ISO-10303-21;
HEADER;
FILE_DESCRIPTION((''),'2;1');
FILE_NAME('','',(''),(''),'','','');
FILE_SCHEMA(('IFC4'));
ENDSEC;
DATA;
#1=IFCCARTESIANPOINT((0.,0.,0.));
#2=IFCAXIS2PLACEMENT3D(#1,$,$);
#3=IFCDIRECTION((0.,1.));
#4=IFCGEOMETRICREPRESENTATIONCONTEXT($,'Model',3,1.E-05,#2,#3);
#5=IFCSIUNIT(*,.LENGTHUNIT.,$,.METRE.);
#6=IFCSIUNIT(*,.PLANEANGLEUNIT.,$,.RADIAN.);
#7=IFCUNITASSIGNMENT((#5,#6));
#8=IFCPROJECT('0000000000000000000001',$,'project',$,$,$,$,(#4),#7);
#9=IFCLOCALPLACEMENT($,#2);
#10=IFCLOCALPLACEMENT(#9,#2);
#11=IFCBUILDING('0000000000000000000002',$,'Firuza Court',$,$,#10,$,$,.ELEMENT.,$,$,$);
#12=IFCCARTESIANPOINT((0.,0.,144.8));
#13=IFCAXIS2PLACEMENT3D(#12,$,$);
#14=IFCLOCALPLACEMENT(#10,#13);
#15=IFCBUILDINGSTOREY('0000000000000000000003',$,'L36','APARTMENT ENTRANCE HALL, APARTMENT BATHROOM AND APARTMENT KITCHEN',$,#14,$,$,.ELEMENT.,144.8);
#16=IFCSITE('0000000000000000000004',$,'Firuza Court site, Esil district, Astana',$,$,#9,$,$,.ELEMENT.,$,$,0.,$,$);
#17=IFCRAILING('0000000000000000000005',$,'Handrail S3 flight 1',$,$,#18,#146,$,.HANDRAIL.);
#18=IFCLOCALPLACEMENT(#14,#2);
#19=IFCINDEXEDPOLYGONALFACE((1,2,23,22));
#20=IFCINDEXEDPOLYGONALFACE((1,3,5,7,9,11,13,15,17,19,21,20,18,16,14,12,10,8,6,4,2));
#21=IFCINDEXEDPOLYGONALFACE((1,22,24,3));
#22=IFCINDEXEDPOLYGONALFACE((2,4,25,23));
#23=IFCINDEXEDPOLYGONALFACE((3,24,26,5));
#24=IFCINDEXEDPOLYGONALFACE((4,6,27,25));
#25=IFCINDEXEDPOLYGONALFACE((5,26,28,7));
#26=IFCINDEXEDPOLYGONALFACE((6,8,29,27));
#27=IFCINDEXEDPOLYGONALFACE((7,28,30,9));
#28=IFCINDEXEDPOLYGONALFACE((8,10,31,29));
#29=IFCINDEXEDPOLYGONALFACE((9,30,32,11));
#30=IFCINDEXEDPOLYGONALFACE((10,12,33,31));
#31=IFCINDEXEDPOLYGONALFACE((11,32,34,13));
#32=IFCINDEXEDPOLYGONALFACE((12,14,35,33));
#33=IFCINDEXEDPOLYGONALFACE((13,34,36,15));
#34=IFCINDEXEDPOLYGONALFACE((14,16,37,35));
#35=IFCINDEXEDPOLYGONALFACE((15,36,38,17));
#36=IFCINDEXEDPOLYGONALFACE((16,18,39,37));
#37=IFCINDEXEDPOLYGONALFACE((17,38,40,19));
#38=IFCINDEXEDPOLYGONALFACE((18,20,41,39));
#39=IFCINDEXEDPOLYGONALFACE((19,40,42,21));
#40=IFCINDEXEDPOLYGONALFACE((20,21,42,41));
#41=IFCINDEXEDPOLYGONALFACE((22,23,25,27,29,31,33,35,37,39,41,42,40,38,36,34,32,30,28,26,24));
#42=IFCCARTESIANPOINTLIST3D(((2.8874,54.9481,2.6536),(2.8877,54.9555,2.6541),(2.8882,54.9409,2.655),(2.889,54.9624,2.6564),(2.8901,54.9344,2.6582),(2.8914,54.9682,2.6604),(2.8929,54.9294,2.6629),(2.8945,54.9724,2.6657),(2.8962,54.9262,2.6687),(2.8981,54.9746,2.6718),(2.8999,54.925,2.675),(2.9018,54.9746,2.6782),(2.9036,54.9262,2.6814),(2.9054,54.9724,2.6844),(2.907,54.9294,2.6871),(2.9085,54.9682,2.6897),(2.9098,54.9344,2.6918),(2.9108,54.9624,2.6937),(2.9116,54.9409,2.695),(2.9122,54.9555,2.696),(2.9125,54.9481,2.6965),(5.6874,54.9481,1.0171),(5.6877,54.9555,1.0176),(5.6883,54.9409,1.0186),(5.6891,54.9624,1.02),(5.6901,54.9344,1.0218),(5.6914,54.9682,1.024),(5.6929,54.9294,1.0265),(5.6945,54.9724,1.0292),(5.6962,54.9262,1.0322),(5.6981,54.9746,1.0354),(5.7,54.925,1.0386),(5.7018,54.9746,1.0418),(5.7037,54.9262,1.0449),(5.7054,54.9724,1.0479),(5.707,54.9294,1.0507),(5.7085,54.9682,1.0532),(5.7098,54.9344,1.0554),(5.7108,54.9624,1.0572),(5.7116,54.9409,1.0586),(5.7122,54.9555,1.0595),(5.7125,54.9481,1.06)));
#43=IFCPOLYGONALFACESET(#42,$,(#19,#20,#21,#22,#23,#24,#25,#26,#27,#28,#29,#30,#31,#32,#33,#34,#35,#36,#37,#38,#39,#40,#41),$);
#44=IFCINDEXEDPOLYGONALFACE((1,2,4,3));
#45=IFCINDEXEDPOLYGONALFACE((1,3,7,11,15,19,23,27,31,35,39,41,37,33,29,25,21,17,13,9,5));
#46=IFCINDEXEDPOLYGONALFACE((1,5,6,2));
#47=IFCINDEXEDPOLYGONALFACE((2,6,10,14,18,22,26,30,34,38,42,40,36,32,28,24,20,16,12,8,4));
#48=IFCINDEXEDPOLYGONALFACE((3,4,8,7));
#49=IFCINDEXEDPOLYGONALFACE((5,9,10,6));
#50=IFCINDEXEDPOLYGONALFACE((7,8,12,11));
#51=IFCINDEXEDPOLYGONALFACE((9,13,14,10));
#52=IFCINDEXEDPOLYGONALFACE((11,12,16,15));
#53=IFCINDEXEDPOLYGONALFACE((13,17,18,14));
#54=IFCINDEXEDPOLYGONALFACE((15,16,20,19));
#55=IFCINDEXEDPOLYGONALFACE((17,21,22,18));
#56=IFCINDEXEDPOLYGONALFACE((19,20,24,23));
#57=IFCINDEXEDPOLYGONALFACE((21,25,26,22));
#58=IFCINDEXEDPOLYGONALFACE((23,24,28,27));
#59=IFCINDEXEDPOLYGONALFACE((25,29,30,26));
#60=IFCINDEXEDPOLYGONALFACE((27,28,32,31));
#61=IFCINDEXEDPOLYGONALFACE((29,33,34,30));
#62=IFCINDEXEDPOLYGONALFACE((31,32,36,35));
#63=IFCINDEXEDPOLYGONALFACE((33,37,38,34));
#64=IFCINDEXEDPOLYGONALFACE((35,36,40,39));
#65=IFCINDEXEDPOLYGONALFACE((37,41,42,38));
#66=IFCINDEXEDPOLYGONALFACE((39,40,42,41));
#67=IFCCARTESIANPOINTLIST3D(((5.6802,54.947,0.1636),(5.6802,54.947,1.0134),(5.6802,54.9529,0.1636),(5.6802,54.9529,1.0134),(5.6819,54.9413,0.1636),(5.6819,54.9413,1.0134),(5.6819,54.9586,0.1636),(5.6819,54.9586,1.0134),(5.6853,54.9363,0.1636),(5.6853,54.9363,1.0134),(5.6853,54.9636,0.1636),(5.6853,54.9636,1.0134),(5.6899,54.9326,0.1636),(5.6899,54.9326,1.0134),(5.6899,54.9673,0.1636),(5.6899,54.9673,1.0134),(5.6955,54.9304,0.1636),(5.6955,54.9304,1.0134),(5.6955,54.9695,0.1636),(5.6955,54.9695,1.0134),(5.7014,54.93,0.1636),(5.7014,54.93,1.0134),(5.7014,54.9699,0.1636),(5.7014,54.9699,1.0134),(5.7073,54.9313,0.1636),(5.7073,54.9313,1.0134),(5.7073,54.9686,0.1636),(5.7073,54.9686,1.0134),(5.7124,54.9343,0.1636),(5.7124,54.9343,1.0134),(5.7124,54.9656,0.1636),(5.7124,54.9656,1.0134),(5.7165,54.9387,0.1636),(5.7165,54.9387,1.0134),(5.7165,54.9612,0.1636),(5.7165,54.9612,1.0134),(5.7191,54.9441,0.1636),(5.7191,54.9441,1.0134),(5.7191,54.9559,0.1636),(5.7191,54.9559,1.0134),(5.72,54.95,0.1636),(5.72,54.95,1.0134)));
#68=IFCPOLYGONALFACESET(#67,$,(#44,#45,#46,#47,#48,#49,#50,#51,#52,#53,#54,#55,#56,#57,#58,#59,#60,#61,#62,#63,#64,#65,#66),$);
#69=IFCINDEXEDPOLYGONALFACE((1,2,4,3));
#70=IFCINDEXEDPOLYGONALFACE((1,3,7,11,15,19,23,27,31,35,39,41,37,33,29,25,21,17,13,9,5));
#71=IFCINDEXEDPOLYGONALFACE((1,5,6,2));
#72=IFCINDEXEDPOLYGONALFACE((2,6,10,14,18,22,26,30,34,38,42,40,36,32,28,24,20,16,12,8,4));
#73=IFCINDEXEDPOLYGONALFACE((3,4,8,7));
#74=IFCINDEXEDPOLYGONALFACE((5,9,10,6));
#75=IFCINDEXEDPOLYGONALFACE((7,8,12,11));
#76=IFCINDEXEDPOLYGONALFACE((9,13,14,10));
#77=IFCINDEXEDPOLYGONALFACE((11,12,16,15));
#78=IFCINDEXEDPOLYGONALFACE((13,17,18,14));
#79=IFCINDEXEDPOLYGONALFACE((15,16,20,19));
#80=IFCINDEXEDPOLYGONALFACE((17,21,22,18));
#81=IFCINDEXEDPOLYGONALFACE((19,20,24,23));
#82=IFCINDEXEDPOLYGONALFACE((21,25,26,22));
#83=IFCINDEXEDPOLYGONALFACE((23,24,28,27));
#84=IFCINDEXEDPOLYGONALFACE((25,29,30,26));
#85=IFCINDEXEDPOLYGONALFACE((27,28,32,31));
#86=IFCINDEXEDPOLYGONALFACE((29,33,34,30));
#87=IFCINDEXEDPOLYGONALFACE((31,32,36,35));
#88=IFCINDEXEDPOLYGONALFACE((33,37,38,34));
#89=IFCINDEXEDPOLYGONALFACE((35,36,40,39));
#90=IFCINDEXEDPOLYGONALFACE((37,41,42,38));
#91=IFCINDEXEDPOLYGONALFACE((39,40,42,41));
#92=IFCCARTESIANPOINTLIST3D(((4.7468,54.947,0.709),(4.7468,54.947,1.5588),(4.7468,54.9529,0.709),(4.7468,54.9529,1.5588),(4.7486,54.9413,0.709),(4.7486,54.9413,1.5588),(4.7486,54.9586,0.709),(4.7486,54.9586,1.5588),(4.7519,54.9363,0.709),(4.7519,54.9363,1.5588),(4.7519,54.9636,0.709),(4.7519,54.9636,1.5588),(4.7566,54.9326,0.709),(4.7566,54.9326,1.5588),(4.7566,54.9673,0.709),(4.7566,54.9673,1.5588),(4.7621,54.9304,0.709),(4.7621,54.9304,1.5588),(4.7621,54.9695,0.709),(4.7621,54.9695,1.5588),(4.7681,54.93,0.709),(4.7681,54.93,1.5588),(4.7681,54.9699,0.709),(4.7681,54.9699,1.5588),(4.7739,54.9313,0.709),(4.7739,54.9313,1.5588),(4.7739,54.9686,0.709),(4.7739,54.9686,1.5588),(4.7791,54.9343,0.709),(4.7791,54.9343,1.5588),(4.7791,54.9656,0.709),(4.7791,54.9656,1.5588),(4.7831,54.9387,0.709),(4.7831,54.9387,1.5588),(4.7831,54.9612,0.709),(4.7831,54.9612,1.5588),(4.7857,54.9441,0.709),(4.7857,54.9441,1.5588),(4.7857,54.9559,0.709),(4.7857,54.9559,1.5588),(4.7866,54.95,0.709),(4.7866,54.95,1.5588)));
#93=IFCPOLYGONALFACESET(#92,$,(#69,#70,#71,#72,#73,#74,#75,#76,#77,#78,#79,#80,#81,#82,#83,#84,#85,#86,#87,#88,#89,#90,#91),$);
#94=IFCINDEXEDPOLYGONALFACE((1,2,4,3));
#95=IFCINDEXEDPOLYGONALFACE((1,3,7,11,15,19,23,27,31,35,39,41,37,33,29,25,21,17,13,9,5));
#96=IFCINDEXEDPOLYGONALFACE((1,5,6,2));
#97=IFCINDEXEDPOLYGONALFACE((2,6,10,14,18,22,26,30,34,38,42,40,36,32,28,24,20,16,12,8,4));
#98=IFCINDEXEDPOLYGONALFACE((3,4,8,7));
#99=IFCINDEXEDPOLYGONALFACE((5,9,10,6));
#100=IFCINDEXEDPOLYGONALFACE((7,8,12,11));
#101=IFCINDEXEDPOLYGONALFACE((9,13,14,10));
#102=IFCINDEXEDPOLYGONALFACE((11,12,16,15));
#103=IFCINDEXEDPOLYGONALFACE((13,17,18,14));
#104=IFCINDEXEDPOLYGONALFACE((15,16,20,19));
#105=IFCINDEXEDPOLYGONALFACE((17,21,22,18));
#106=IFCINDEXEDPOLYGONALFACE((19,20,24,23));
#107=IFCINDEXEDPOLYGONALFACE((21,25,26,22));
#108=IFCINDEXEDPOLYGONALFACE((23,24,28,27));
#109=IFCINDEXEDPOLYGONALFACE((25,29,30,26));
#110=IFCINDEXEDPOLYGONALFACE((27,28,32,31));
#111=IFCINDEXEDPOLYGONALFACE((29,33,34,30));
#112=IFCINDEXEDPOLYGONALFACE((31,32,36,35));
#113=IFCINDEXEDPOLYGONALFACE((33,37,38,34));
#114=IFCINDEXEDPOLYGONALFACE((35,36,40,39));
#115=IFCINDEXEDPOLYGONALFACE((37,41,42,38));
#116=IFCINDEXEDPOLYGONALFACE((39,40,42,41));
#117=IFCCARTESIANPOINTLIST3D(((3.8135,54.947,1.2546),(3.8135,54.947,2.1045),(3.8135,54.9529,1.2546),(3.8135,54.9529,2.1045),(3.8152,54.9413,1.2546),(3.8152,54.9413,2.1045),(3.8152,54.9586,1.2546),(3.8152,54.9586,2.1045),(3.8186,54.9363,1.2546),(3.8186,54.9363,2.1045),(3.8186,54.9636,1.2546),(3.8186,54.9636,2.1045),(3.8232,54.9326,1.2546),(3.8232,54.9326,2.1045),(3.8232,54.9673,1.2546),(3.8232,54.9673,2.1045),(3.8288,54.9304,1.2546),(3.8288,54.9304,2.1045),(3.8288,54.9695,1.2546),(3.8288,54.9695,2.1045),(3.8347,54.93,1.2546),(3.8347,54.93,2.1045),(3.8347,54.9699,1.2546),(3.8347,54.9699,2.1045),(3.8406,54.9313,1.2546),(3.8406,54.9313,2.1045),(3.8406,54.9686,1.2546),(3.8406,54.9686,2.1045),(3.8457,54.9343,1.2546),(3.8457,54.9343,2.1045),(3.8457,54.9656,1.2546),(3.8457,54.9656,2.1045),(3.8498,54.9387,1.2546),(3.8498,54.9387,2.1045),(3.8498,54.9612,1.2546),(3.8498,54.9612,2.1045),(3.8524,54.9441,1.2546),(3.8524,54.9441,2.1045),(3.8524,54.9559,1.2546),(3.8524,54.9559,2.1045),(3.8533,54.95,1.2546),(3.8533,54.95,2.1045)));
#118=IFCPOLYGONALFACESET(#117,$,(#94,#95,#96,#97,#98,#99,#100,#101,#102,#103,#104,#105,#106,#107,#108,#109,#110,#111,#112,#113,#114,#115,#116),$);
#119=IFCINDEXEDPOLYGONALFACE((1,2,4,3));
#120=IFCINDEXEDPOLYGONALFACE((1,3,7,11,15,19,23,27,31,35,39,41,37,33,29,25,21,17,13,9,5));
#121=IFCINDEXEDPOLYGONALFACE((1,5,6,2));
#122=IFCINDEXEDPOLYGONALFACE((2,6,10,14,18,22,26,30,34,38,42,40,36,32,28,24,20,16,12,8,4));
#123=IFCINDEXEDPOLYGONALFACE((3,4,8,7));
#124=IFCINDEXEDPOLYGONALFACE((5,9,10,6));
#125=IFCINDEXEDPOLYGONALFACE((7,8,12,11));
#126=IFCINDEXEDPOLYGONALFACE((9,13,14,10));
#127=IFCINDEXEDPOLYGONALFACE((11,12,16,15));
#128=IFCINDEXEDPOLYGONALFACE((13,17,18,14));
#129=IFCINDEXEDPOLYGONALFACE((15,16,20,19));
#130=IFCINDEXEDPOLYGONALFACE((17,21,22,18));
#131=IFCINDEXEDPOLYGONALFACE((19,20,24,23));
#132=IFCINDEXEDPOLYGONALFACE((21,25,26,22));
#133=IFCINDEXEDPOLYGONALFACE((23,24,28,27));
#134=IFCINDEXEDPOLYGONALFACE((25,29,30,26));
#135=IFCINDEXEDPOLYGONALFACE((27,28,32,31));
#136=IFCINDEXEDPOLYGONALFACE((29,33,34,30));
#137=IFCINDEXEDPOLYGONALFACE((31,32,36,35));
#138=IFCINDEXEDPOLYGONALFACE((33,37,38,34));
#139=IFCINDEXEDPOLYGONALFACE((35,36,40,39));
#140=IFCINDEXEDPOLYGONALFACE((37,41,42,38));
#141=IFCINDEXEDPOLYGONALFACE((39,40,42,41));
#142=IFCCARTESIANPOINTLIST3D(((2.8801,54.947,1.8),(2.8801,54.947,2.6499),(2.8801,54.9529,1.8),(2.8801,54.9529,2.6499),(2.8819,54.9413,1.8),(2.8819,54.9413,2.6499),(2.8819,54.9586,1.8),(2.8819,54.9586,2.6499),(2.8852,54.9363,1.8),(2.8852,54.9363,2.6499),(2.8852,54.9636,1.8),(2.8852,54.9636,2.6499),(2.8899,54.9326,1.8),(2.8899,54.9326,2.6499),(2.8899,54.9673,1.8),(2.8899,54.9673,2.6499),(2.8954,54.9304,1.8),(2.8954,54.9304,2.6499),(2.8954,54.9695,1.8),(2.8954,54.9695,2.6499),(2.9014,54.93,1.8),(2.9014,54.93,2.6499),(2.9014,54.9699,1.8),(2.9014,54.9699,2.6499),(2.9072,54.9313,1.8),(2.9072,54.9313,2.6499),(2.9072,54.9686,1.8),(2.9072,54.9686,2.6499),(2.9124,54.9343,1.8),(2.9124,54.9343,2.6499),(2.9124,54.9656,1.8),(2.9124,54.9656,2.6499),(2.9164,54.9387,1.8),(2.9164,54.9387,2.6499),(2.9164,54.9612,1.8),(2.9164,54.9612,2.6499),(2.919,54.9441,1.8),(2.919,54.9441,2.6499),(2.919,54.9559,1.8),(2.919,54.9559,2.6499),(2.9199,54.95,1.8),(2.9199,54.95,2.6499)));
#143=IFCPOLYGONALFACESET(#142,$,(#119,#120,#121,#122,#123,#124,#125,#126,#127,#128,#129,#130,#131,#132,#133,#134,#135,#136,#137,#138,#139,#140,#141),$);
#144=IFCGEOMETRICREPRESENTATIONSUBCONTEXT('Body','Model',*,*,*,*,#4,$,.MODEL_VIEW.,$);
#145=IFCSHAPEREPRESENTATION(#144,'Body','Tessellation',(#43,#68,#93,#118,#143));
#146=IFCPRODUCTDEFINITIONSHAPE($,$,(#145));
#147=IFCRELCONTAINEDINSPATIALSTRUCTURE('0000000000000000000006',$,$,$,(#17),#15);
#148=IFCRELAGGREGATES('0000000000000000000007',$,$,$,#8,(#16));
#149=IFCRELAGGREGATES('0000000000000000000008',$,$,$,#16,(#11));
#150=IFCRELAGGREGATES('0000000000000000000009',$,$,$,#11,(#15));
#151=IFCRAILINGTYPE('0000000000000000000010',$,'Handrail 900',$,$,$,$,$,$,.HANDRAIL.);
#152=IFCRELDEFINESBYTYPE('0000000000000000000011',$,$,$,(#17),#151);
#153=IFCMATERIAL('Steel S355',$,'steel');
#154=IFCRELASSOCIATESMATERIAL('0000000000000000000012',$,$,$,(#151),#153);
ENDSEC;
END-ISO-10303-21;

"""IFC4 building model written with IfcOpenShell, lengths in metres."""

from ifc_helpers import new_model, si_unit, direction, frame, origin, origin_2d, place, context, subcontext, project, spatial, circle, extrude, material, type_object, element, save


model = new_model("IFC4")

# Units and contexts
model_context = context("Model", 3, precision=1e-05, world=origin(), true_north=direction((0.0, 1.0)))
body_context = subcontext(model_context, "Body", "Model", "MODEL_VIEW")
ifc_project = project(units=[si_unit("LENGTHUNIT", "METRE"), si_unit("PLANEANGLEUNIT", "RADIAN")], contexts=[model_context])

# Site, building, storey
site_placement = place(None, origin())
site = spatial("IfcSite", under=ifc_project, at=site_placement, Name="Firuza Court site, Esil district, Astana", CompositionType="ELEMENT", RefElevation=0.0)
building_placement = place(site_placement, origin())
building = spatial("IfcBuilding", under=site, at=building_placement, Name="Firuza Court", CompositionType="ELEMENT")
storey_placement = place(building_placement, frame((0.0, 0.0, 144.8)))
storey = spatial("IfcBuildingStorey", under=building, at=storey_placement, Name="L36", Description="APARTMENT ENTRANCE HALL, APARTMENT BATHROOM AND APARTMENT KITCHEN", CompositionType="ELEMENT", Elevation=144.8)

# Railing
ifc_material_1 = material(Name="Steel S355", Category="steel")
railing_type = type_object("IfcRailingType", Name="Handrail 900", PredefinedType="HANDRAIL", material=ifc_material_1)
railing_1_placement = place(storey_placement, frame((5.7, 54.95, 0.1636)))
element("IfcRailing", 1, at=railing_1_placement, inside=storey, type_object=railing_type, Name="Handrail S3 flight 1", PredefinedType="HANDRAIL", context=body_context, shape_type="SweptSolid", body=[
    extrude(circle(Radius=0.0249, at=origin_2d()), frame((0.0, 0.0, 0.875), z_axis=(-0.863361, 0.0, 0.504587), x_axis=(0.0, -1.0, 0.0)), (0.0, 0.0, 1.0), 3.2432),
    extrude(circle(Radius=0.02, at=origin_2d()), origin(), (0.0, 0.0, 1.0), 0.8499),
    extrude(circle(Radius=0.02, at=origin_2d()), frame((-0.9333, 0.0, 0.5454)), (0.0, 0.0, 1.0), 0.8499),
    extrude(circle(Radius=0.02, at=origin_2d()), frame((-1.8667, 0.0, 1.0911)), (0.0, 0.0, 1.0), 0.8499),
    extrude(circle(Radius=0.02, at=origin_2d()), frame((-2.8, 0.0, 1.6365)), (0.0, 0.0, 1.0), 0.8499),
])

save(model, "model.ifc")
